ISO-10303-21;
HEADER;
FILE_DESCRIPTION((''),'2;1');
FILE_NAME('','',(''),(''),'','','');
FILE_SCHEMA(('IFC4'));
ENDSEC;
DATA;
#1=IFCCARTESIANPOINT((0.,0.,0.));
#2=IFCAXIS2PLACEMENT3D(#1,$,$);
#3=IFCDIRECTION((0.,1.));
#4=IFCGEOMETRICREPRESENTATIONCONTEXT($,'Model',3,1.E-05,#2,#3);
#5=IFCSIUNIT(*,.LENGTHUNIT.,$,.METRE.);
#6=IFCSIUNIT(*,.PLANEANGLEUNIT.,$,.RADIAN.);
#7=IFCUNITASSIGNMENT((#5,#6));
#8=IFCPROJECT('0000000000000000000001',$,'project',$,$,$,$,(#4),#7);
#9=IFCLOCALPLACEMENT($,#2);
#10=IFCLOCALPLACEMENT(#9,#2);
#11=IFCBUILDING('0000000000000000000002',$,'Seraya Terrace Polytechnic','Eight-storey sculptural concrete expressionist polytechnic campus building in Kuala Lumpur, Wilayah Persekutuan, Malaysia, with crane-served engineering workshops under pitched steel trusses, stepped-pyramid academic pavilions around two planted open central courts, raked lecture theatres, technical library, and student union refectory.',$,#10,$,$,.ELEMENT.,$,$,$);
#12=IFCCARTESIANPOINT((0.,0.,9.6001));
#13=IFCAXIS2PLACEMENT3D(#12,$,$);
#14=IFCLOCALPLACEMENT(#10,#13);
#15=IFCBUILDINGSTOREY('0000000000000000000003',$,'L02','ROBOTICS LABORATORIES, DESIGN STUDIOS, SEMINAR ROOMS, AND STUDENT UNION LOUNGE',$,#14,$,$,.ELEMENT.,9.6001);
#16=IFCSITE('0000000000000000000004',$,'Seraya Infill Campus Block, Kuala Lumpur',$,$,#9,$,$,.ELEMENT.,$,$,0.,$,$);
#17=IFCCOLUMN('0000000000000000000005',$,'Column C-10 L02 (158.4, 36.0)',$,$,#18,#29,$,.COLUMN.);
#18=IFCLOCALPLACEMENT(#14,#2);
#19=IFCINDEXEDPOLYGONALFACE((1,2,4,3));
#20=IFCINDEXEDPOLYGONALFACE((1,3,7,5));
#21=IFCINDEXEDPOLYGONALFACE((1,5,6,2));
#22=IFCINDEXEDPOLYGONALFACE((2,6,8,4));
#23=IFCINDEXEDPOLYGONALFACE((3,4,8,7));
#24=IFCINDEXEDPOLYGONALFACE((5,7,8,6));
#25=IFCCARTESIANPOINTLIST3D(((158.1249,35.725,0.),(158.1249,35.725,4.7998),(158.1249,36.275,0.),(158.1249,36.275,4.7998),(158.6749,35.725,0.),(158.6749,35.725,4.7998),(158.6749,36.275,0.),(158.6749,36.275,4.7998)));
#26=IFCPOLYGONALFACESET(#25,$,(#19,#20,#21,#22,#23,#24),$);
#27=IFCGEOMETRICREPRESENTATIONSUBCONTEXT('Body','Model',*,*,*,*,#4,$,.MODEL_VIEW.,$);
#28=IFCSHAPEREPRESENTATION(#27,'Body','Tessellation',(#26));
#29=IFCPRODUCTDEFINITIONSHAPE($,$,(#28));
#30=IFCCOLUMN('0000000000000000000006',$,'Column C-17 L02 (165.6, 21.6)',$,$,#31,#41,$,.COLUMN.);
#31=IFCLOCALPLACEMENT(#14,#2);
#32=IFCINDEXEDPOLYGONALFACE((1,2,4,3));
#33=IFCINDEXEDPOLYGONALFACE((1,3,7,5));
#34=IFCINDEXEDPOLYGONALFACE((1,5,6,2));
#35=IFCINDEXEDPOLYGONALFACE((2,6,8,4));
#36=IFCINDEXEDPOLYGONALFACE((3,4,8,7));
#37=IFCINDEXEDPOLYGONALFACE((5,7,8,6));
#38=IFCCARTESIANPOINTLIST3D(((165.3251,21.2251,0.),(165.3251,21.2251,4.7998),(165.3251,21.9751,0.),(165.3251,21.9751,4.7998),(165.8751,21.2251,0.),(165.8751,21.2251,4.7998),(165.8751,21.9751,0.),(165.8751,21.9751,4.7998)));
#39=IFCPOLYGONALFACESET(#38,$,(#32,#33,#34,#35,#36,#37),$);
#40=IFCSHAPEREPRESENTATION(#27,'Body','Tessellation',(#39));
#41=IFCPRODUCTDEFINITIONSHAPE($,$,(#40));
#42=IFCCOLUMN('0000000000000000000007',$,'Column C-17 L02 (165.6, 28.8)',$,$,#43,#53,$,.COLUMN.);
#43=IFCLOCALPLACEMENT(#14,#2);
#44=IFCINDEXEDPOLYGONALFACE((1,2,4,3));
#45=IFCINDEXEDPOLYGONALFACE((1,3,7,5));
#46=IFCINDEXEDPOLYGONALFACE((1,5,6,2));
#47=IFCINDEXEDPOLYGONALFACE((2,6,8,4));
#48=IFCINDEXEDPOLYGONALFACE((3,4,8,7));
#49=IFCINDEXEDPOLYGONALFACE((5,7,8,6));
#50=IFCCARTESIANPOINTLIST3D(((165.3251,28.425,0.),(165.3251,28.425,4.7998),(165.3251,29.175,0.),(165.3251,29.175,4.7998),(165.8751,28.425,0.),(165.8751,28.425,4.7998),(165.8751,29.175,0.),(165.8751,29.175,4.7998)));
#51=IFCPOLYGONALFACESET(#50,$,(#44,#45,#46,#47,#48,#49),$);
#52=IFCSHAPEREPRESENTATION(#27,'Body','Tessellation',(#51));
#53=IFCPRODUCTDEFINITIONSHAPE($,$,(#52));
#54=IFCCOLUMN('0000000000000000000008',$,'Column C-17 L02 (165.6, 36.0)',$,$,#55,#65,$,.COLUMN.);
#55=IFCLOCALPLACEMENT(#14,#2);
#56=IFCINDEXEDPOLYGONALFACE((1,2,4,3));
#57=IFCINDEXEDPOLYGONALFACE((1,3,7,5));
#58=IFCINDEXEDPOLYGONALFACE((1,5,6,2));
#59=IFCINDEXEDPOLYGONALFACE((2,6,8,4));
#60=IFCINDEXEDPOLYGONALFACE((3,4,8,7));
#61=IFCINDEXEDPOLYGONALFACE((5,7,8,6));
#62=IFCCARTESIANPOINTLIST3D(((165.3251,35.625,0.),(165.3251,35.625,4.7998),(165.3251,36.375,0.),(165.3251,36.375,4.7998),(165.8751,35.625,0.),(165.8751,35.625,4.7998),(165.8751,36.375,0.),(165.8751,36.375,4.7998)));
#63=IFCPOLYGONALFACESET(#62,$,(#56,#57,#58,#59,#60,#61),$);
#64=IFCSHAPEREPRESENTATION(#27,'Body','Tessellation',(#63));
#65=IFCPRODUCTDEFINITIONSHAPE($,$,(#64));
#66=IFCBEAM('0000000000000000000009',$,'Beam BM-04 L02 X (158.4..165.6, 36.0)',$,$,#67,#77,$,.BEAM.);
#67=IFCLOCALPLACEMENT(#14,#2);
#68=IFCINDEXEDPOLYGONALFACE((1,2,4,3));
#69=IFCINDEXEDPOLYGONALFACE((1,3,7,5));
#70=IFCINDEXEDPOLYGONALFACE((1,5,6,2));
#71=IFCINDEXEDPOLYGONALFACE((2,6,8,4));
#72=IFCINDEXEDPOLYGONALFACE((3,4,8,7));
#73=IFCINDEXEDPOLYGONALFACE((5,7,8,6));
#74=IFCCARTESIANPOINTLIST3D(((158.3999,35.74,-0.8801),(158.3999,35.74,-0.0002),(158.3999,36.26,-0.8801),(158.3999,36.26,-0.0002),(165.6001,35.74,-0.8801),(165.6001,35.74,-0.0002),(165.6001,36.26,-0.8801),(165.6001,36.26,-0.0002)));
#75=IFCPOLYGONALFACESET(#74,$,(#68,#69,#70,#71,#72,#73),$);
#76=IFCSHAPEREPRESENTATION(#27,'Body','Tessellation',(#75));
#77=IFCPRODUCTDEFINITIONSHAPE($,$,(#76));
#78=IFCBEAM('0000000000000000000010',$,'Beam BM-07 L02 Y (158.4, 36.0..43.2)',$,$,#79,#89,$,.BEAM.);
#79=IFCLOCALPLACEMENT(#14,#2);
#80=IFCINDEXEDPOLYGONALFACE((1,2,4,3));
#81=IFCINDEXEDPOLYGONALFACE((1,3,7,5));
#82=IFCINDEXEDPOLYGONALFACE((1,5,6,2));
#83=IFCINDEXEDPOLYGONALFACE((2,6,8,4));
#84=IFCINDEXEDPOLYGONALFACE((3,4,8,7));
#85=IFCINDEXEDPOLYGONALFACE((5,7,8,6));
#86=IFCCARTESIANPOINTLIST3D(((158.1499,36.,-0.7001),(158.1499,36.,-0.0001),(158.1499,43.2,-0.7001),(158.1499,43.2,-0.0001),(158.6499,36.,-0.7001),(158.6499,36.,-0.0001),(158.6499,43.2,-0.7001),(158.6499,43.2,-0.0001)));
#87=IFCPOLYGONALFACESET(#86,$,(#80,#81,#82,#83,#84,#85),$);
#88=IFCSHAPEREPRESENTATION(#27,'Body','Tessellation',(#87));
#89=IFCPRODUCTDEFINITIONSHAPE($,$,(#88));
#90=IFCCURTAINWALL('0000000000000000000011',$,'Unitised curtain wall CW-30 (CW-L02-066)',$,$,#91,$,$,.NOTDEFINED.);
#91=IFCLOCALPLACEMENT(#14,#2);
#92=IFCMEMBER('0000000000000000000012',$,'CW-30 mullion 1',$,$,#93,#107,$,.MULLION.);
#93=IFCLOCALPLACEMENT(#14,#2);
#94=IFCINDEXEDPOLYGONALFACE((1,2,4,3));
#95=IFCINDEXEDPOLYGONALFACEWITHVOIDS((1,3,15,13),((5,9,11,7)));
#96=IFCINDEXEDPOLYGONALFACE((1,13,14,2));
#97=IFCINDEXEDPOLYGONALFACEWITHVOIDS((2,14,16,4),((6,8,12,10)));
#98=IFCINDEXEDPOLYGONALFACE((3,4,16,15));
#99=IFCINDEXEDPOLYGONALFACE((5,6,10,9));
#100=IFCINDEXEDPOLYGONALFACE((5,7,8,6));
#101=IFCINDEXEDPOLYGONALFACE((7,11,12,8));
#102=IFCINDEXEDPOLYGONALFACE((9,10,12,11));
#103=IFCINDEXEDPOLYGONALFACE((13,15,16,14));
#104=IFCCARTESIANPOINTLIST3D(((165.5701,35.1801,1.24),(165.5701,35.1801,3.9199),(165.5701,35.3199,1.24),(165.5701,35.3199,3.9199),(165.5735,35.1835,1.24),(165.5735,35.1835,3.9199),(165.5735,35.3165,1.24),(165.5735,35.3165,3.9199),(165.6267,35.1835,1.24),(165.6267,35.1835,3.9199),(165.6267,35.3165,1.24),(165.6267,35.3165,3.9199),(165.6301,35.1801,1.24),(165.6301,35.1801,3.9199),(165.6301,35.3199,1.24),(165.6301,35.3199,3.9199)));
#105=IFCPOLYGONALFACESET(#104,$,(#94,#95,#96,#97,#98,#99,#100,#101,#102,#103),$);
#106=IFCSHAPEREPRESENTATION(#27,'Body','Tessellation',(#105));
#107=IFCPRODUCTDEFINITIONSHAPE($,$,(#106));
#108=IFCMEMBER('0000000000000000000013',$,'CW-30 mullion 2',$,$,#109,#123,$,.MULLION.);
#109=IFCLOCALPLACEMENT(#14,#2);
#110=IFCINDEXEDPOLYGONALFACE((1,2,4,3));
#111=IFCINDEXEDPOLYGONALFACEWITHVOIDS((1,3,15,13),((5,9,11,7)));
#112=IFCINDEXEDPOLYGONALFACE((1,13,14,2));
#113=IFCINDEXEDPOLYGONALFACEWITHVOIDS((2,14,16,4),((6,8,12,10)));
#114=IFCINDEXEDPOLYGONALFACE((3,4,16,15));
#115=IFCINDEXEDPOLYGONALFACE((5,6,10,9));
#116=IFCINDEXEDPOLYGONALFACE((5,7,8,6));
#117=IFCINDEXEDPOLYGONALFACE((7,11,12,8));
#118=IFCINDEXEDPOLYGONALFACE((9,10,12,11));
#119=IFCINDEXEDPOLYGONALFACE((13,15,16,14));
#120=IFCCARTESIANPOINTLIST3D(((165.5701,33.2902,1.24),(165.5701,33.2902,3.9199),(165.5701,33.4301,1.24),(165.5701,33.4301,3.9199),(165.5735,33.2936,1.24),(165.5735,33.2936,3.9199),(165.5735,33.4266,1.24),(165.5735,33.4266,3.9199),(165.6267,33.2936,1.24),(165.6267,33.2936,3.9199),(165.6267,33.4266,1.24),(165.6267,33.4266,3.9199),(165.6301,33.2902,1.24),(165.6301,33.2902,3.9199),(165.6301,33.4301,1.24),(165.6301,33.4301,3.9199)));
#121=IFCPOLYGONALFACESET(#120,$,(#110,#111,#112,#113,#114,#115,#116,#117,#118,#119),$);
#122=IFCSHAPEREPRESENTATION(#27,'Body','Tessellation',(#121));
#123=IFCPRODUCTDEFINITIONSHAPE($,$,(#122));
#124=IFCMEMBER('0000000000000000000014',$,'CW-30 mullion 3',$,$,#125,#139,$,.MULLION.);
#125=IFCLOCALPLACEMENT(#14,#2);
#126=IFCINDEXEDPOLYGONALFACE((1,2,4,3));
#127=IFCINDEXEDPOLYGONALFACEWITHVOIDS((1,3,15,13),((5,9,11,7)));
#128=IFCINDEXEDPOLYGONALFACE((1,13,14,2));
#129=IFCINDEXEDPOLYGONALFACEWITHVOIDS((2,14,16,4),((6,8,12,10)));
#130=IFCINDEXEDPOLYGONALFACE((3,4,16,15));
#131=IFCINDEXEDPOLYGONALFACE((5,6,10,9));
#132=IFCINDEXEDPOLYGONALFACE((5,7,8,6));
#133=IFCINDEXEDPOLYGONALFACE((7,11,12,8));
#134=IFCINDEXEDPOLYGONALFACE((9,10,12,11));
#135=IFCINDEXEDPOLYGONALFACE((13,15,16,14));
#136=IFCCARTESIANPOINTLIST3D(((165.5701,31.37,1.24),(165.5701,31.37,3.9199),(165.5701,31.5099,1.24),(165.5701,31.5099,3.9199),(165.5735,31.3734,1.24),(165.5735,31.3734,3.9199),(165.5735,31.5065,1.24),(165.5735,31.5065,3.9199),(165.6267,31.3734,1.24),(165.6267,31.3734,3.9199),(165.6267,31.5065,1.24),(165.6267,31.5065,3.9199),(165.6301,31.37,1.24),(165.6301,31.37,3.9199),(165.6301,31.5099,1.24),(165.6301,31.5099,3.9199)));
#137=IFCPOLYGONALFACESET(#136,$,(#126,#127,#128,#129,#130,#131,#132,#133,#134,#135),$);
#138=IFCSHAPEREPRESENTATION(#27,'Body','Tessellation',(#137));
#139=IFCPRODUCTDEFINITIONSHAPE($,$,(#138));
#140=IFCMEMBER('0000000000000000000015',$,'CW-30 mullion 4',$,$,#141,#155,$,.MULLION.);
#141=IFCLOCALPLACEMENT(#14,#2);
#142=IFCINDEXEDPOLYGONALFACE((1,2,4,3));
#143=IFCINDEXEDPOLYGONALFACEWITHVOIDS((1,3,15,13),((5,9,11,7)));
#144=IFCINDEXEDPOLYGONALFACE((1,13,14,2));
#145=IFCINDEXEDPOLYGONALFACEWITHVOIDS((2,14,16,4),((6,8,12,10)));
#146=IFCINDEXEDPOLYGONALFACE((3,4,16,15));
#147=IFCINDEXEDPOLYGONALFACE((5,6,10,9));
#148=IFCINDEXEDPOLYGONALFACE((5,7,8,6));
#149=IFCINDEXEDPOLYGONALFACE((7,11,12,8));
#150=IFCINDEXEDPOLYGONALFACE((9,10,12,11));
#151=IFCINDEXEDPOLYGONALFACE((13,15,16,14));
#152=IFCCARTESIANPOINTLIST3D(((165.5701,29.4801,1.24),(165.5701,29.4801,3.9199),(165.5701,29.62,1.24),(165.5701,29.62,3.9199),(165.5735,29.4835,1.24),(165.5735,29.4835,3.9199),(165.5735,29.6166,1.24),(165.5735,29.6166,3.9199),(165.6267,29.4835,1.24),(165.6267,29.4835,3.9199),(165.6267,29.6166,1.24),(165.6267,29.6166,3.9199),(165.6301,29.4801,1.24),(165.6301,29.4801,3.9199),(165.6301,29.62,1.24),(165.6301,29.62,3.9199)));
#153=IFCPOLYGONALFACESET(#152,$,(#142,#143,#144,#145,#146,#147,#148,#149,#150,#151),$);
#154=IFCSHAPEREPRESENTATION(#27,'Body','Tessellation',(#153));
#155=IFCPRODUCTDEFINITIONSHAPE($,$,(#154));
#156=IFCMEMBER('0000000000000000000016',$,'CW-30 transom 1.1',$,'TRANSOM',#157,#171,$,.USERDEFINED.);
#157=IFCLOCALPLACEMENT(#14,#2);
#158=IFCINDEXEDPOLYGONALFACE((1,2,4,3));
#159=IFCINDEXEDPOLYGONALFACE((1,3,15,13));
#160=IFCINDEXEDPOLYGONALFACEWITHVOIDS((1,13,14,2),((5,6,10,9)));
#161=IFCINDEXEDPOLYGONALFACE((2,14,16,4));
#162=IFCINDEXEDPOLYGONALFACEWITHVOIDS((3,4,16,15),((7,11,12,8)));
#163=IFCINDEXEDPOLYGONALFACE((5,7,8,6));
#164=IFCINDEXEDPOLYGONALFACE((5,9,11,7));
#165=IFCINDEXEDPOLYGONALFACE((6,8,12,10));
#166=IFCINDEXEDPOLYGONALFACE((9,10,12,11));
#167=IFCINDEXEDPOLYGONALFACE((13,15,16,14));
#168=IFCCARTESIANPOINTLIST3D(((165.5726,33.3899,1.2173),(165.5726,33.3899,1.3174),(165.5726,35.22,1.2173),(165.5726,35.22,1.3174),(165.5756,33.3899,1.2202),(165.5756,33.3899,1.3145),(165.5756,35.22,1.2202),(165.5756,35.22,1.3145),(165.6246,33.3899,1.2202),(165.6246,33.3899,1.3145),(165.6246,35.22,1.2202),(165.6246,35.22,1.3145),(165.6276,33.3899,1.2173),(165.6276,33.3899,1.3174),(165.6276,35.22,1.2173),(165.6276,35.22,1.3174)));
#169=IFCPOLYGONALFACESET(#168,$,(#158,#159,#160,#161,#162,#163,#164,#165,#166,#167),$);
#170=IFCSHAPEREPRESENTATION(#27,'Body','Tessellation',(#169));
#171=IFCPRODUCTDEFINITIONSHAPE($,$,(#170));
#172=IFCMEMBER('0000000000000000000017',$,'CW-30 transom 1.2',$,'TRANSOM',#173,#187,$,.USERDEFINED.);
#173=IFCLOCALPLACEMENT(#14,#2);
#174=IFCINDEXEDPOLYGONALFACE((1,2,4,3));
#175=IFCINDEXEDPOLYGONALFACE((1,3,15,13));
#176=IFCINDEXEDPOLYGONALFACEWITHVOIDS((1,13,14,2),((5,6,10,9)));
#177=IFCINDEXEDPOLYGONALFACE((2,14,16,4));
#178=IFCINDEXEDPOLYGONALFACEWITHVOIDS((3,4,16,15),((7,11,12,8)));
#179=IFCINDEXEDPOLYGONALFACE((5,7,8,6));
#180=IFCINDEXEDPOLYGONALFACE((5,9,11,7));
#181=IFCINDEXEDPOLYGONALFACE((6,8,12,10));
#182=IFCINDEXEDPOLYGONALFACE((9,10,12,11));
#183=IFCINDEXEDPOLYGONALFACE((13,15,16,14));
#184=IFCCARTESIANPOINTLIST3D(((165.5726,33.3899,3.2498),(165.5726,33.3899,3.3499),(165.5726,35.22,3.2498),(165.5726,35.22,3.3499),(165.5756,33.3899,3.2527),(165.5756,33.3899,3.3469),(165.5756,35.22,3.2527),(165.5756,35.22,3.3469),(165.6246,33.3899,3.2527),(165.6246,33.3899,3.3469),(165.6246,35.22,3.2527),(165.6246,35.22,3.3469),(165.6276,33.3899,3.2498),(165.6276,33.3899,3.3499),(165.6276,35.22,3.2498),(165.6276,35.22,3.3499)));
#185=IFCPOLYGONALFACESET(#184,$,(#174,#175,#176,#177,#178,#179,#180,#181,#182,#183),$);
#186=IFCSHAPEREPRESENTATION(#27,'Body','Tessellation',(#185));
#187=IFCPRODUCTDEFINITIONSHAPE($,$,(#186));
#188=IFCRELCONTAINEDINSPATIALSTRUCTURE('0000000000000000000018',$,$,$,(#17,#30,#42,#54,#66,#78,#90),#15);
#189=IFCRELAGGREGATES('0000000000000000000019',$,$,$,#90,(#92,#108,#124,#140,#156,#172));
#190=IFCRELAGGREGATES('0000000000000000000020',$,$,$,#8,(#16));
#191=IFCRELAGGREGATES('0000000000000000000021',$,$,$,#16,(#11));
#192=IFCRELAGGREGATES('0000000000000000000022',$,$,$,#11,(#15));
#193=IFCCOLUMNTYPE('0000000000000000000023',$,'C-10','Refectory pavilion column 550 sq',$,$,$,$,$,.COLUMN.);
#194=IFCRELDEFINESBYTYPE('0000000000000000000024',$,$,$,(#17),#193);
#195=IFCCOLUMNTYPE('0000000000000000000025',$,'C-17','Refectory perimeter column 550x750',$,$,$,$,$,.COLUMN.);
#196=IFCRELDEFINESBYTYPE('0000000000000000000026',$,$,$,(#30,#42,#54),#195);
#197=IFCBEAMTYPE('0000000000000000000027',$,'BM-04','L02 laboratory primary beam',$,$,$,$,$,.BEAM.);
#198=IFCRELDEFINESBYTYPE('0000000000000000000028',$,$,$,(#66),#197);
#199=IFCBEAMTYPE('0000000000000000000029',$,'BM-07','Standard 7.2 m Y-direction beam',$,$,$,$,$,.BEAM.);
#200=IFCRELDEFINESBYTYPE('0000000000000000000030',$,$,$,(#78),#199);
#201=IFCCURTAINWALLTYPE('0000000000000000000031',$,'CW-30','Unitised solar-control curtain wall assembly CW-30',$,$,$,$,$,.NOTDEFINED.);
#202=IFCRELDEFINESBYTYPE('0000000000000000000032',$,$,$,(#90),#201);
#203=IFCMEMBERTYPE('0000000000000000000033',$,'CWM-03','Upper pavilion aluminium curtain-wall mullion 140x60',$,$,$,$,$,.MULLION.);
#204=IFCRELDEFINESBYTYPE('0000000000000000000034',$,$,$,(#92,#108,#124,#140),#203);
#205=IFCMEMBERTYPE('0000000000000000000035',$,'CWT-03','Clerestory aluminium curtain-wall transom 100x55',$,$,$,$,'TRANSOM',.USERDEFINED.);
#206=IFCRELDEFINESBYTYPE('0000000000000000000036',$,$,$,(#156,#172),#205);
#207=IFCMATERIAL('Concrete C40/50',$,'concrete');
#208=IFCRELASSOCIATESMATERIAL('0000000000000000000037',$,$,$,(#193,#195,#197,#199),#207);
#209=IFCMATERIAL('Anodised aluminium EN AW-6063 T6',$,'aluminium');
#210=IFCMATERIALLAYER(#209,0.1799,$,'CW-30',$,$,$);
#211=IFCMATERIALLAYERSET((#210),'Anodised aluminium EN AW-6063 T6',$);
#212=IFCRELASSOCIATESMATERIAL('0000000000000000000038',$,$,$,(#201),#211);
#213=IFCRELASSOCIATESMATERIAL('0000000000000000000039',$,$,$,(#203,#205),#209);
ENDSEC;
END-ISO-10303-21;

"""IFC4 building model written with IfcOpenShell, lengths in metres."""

from ifc_helpers import new_model, si_unit, direction, frame, origin, origin_2d, place, context, subcontext, project, spatial, rectangle, hollow_rectangle, extrude, material, layer, layer_set, material_profile, profile_set, type_object, element, aggregate, save


model = new_model("IFC4")

# Units and contexts
model_context = context("Model", 3, precision=1e-05, world=origin(), true_north=direction((0.0, 1.0)))
body_context = subcontext(model_context, "Body", "Model", "MODEL_VIEW")
ifc_project = project(units=[si_unit("LENGTHUNIT", "METRE"), si_unit("PLANEANGLEUNIT", "RADIAN")], contexts=[model_context])

# Site, building, storey
site_placement = place(None, origin())
site = spatial("IfcSite", under=ifc_project, at=site_placement, Name="Seraya Infill Campus Block, Kuala Lumpur", CompositionType="ELEMENT", RefElevation=0.0)
building_placement = place(site_placement, origin())
building = spatial("IfcBuilding", under=site, at=building_placement, Name="Seraya Terrace Polytechnic", Description="Eight-storey sculptural concrete expressionist polytechnic campus building in Kuala Lumpur, Wilayah Persekutuan, Malaysia, with crane-served engineering workshops under pitched steel trusses, stepped-pyramid academic pavilions around two planted open central courts, raked lecture theatres, technical library, and student union refectory.", CompositionType="ELEMENT")
storey_placement = place(building_placement, frame((0.0, 0.0, 9.6001)))
storey = spatial("IfcBuildingStorey", under=building, at=storey_placement, Name="L02", Description="ROBOTICS LABORATORIES, DESIGN STUDIOS, SEMINAR ROOMS, AND STUDENT UNION LOUNGE", CompositionType="ELEMENT", Elevation=9.6001)

# Columns
ifc_material_1 = material(Name="Concrete C40/50", Category="concrete")
ifc_material_profile_1 = material_profile(ifc_material_1, rectangle(XDim=0.55, YDim=0.55, at=origin_2d()), Name="RC 550x550")
ifc_profile_set_1 = profile_set([ifc_material_profile_1], Name="Concrete C40/50")
column_type_1 = type_object("IfcColumnType", Name="C-10", Description="Refectory pavilion column 550 sq", PredefinedType="COLUMN", material=ifc_profile_set_1)
column_placement = place(storey_placement, frame((158.3999, 36.0, 0.0), z_axis=(0.0, 0.0, 1.0), x_axis=(1.0, 0.0, 0.0)))
element("IfcColumn", 1, at=column_placement, inside=storey, type_object=column_type_1, Name="Column C-10 L02 (158.4, 36.0)", PredefinedType="COLUMN", context=body_context, shape_type="SweptSolid", body=[
    extrude(rectangle(XDim=0.55, YDim=0.55, at=origin_2d()), origin(), (0.0, 0.0, 1.0), 4.7998),
])
ifc_material_profile_2 = material_profile(ifc_material_1, rectangle(XDim=0.55, YDim=0.75, at=origin_2d()), Name="RC 550x750")
ifc_profile_set_2 = profile_set([ifc_material_profile_2], Name="Concrete C40/50")
column_type_2 = type_object("IfcColumnType", Name="C-17", Description="Refectory perimeter column 550x750", PredefinedType="COLUMN", material=ifc_profile_set_2)
for number, where, z_axis, x_axis, name in (
    (2, (165.6001, 21.6001, 0.0), (0.0, 0.0, 1.0), (1.0, 0.0, 0.0), "Column C-17 L02 (165.6, 21.6)"),
    (3, (165.6001, 28.8, 0.0), (0.0, 0.0, 1.0), (1.0, 0.0, 0.0), "Column C-17 L02 (165.6, 28.8)"),
    (4, (165.6001, 36.0, 0.0), (0.0, 0.0, 1.0), (1.0, 0.0, 0.0), "Column C-17 L02 (165.6, 36.0)"),
):
    element("IfcColumn", number, at=place(storey_placement, frame(where, z_axis=z_axis, x_axis=x_axis)), inside=storey, type_object=column_type_2, Name=name, PredefinedType="COLUMN", context=body_context, shape_type="SweptSolid", body=[
        extrude(rectangle(XDim=0.55, YDim=0.75, at=origin_2d()), origin(), (0.0, 0.0, 1.0), 4.7998),
    ])

# Beams
ifc_material_profile_3 = material_profile(ifc_material_1, rectangle(XDim=0.52, YDim=0.8799, at=origin_2d()), Name="RC 520x880")
ifc_profile_set_3 = profile_set([ifc_material_profile_3], Name="Concrete C40/50")
beam_type_1 = type_object("IfcBeamType", Name="BM-04", Description="L02 laboratory primary beam", PredefinedType="BEAM", material=ifc_profile_set_3)
beam_1_placement = place(storey_placement, frame((158.3999, 36.0, -0.4402), z_axis=(1.0, 0.0, 0.0), x_axis=(0.0, 1.0, 0.0)))
element("IfcBeam", 5, at=beam_1_placement, inside=storey, type_object=beam_type_1, Name="Beam BM-04 L02 X (158.4..165.6, 36.0)", PredefinedType="BEAM", context=body_context, shape_type="SweptSolid", body=[
    extrude(rectangle(XDim=0.52, YDim=0.8799, at=origin_2d()), origin(), (0.0, 0.0, 1.0), 7.2002),
])
ifc_material_profile_4 = material_profile(ifc_material_1, rectangle(XDim=0.5, YDim=0.7, at=origin_2d()), Name="RC 500x700")
ifc_profile_set_4 = profile_set([ifc_material_profile_4], Name="Concrete C40/50")
beam_type_2 = type_object("IfcBeamType", Name="BM-07", Description="Standard 7.2 m Y-direction beam", PredefinedType="BEAM", material=ifc_profile_set_4)
beam_2_placement = place(storey_placement, frame((158.3999, 36.0, -0.3501), z_axis=(0.0, 1.0, 0.0), x_axis=(-1.0, 0.0, 0.0)))
element("IfcBeam", 6, at=beam_2_placement, inside=storey, type_object=beam_type_2, Name="Beam BM-07 L02 Y (158.4, 36.0..43.2)", PredefinedType="BEAM", context=body_context, shape_type="SweptSolid", body=[
    extrude(rectangle(XDim=0.5, YDim=0.7, at=origin_2d()), origin(), (0.0, 0.0, 1.0), 7.2),
])

# Curtain wall, members
ifc_material_2 = material(Name="Anodised aluminium EN AW-6063 T6", Category="aluminium")
ifc_layer_1 = layer(ifc_material_2, 0.1799, Name="CW-30")
ifc_layer_set_1 = layer_set([ifc_layer_1], Name="Anodised aluminium EN AW-6063 T6")
curtain_wall_type = type_object("IfcCurtainWallType", Name="CW-30", Description="Unitised solar-control curtain wall assembly CW-30", PredefinedType="NOTDEFINED", material=ifc_layer_set_1)
curtain_wall_placement = place(storey_placement, origin())
curtain_wall = element("IfcCurtainWall", 7, at=curtain_wall_placement, inside=storey, type_object=curtain_wall_type, Name="Unitised curtain wall CW-30 (CW-L02-066)", PredefinedType="NOTDEFINED")
ifc_material_profile_5 = material_profile(ifc_material_2, hollow_rectangle(XDim=0.0601, YDim=0.1399, WallThickness=0.0034, at=origin_2d()), Name="RHS 140x60x3.5")
ifc_profile_set_5 = profile_set([ifc_material_profile_5], Name="Anodised aluminium EN AW-6063 T6")
member_type_1 = type_object("IfcMemberType", Name="CWM-03", Description="Upper pavilion aluminium curtain-wall mullion 140x60", PredefinedType="MULLION", material=ifc_profile_set_5)
member_1_placement = place(storey_placement, frame((165.6001, 35.25, 1.24), z_axis=(0.0, 0.0, 1.0), x_axis=(1.0, 0.0, 0.0)))
member_1 = element("IfcMember", 8, at=member_1_placement, type_object=member_type_1, Name="CW-30 mullion 1", PredefinedType="MULLION", context=body_context, shape_type="SweptSolid", body=[
    extrude(hollow_rectangle(XDim=0.0601, YDim=0.1399, WallThickness=0.0034, at=origin_2d()), origin(), (0.0, 0.0, 1.0), 2.6799),
])
member_2_placement = place(storey_placement, frame((165.6001, 33.3601, 1.24), z_axis=(0.0, 0.0, 1.0), x_axis=(1.0, 0.0, 0.0)))
member_2 = element("IfcMember", 9, at=member_2_placement, type_object=member_type_1, Name="CW-30 mullion 2", PredefinedType="MULLION", context=body_context, shape_type="SweptSolid", body=[
    extrude(hollow_rectangle(XDim=0.0601, YDim=0.1399, WallThickness=0.0034, at=origin_2d()), origin(), (0.0, 0.0, 1.0), 2.6799),
])
member_3_placement = place(storey_placement, frame((165.6001, 31.4399, 1.24), z_axis=(0.0, 0.0, 1.0), x_axis=(1.0, 0.0, 0.0)))
member_3 = element("IfcMember", 10, at=member_3_placement, type_object=member_type_1, Name="CW-30 mullion 3", PredefinedType="MULLION", context=body_context, shape_type="SweptSolid", body=[
    extrude(hollow_rectangle(XDim=0.0601, YDim=0.1399, WallThickness=0.0034, at=origin_2d()), origin(), (0.0, 0.0, 1.0), 2.6799),
])
member_4_placement = place(storey_placement, frame((165.6001, 29.55, 1.24), z_axis=(0.0, 0.0, 1.0), x_axis=(1.0, 0.0, 0.0)))
member_4 = element("IfcMember", 11, at=member_4_placement, type_object=member_type_1, Name="CW-30 mullion 4", PredefinedType="MULLION", context=body_context, shape_type="SweptSolid", body=[
    extrude(hollow_rectangle(XDim=0.0601, YDim=0.1399, WallThickness=0.0034, at=origin_2d()), origin(), (0.0, 0.0, 1.0), 2.6799),
])
ifc_material_profile_6 = material_profile(ifc_material_2, hollow_rectangle(XDim=0.0549, YDim=0.1001, WallThickness=0.0029, at=origin_2d()), Name="RHS 100x55x3.0")
ifc_profile_set_6 = profile_set([ifc_material_profile_6], Name="Anodised aluminium EN AW-6063 T6")
member_type_2 = type_object("IfcMemberType", Name="CWT-03", Description="Clerestory aluminium curtain-wall transom 100x55", ElementType="TRANSOM", PredefinedType="USERDEFINED", material=ifc_profile_set_6)
member_5_placement = place(storey_placement, frame((165.6001, 35.22, 1.2673), z_axis=(0.0, -1.0, 0.0), x_axis=(1.0, 0.0, 0.0)))
member_5 = element("IfcMember", 12, at=member_5_placement, type_object=member_type_2, Name="CW-30 transom 1.1", ObjectType="TRANSOM", PredefinedType="USERDEFINED", context=body_context, shape_type="SweptSolid", body=[
    extrude(hollow_rectangle(XDim=0.0549, YDim=0.1001, WallThickness=0.0029, at=origin_2d()), origin(), (0.0, 0.0, 1.0), 1.8301),
])
member_6_placement = place(storey_placement, frame((165.6001, 35.22, 3.2998), z_axis=(0.0, -1.0, 0.0), x_axis=(1.0, 0.0, 0.0)))
member_6 = element("IfcMember", 13, at=member_6_placement, type_object=member_type_2, Name="CW-30 transom 1.2", ObjectType="TRANSOM", PredefinedType="USERDEFINED", context=body_context, shape_type="SweptSolid", body=[
    extrude(hollow_rectangle(XDim=0.0549, YDim=0.1001, WallThickness=0.0029, at=origin_2d()), origin(), (0.0, 0.0, 1.0), 1.8301),
])

aggregate(curtain_wall, [member_1, member_2, member_3, member_4, member_5, member_6])

save(model, "model.ifc")
